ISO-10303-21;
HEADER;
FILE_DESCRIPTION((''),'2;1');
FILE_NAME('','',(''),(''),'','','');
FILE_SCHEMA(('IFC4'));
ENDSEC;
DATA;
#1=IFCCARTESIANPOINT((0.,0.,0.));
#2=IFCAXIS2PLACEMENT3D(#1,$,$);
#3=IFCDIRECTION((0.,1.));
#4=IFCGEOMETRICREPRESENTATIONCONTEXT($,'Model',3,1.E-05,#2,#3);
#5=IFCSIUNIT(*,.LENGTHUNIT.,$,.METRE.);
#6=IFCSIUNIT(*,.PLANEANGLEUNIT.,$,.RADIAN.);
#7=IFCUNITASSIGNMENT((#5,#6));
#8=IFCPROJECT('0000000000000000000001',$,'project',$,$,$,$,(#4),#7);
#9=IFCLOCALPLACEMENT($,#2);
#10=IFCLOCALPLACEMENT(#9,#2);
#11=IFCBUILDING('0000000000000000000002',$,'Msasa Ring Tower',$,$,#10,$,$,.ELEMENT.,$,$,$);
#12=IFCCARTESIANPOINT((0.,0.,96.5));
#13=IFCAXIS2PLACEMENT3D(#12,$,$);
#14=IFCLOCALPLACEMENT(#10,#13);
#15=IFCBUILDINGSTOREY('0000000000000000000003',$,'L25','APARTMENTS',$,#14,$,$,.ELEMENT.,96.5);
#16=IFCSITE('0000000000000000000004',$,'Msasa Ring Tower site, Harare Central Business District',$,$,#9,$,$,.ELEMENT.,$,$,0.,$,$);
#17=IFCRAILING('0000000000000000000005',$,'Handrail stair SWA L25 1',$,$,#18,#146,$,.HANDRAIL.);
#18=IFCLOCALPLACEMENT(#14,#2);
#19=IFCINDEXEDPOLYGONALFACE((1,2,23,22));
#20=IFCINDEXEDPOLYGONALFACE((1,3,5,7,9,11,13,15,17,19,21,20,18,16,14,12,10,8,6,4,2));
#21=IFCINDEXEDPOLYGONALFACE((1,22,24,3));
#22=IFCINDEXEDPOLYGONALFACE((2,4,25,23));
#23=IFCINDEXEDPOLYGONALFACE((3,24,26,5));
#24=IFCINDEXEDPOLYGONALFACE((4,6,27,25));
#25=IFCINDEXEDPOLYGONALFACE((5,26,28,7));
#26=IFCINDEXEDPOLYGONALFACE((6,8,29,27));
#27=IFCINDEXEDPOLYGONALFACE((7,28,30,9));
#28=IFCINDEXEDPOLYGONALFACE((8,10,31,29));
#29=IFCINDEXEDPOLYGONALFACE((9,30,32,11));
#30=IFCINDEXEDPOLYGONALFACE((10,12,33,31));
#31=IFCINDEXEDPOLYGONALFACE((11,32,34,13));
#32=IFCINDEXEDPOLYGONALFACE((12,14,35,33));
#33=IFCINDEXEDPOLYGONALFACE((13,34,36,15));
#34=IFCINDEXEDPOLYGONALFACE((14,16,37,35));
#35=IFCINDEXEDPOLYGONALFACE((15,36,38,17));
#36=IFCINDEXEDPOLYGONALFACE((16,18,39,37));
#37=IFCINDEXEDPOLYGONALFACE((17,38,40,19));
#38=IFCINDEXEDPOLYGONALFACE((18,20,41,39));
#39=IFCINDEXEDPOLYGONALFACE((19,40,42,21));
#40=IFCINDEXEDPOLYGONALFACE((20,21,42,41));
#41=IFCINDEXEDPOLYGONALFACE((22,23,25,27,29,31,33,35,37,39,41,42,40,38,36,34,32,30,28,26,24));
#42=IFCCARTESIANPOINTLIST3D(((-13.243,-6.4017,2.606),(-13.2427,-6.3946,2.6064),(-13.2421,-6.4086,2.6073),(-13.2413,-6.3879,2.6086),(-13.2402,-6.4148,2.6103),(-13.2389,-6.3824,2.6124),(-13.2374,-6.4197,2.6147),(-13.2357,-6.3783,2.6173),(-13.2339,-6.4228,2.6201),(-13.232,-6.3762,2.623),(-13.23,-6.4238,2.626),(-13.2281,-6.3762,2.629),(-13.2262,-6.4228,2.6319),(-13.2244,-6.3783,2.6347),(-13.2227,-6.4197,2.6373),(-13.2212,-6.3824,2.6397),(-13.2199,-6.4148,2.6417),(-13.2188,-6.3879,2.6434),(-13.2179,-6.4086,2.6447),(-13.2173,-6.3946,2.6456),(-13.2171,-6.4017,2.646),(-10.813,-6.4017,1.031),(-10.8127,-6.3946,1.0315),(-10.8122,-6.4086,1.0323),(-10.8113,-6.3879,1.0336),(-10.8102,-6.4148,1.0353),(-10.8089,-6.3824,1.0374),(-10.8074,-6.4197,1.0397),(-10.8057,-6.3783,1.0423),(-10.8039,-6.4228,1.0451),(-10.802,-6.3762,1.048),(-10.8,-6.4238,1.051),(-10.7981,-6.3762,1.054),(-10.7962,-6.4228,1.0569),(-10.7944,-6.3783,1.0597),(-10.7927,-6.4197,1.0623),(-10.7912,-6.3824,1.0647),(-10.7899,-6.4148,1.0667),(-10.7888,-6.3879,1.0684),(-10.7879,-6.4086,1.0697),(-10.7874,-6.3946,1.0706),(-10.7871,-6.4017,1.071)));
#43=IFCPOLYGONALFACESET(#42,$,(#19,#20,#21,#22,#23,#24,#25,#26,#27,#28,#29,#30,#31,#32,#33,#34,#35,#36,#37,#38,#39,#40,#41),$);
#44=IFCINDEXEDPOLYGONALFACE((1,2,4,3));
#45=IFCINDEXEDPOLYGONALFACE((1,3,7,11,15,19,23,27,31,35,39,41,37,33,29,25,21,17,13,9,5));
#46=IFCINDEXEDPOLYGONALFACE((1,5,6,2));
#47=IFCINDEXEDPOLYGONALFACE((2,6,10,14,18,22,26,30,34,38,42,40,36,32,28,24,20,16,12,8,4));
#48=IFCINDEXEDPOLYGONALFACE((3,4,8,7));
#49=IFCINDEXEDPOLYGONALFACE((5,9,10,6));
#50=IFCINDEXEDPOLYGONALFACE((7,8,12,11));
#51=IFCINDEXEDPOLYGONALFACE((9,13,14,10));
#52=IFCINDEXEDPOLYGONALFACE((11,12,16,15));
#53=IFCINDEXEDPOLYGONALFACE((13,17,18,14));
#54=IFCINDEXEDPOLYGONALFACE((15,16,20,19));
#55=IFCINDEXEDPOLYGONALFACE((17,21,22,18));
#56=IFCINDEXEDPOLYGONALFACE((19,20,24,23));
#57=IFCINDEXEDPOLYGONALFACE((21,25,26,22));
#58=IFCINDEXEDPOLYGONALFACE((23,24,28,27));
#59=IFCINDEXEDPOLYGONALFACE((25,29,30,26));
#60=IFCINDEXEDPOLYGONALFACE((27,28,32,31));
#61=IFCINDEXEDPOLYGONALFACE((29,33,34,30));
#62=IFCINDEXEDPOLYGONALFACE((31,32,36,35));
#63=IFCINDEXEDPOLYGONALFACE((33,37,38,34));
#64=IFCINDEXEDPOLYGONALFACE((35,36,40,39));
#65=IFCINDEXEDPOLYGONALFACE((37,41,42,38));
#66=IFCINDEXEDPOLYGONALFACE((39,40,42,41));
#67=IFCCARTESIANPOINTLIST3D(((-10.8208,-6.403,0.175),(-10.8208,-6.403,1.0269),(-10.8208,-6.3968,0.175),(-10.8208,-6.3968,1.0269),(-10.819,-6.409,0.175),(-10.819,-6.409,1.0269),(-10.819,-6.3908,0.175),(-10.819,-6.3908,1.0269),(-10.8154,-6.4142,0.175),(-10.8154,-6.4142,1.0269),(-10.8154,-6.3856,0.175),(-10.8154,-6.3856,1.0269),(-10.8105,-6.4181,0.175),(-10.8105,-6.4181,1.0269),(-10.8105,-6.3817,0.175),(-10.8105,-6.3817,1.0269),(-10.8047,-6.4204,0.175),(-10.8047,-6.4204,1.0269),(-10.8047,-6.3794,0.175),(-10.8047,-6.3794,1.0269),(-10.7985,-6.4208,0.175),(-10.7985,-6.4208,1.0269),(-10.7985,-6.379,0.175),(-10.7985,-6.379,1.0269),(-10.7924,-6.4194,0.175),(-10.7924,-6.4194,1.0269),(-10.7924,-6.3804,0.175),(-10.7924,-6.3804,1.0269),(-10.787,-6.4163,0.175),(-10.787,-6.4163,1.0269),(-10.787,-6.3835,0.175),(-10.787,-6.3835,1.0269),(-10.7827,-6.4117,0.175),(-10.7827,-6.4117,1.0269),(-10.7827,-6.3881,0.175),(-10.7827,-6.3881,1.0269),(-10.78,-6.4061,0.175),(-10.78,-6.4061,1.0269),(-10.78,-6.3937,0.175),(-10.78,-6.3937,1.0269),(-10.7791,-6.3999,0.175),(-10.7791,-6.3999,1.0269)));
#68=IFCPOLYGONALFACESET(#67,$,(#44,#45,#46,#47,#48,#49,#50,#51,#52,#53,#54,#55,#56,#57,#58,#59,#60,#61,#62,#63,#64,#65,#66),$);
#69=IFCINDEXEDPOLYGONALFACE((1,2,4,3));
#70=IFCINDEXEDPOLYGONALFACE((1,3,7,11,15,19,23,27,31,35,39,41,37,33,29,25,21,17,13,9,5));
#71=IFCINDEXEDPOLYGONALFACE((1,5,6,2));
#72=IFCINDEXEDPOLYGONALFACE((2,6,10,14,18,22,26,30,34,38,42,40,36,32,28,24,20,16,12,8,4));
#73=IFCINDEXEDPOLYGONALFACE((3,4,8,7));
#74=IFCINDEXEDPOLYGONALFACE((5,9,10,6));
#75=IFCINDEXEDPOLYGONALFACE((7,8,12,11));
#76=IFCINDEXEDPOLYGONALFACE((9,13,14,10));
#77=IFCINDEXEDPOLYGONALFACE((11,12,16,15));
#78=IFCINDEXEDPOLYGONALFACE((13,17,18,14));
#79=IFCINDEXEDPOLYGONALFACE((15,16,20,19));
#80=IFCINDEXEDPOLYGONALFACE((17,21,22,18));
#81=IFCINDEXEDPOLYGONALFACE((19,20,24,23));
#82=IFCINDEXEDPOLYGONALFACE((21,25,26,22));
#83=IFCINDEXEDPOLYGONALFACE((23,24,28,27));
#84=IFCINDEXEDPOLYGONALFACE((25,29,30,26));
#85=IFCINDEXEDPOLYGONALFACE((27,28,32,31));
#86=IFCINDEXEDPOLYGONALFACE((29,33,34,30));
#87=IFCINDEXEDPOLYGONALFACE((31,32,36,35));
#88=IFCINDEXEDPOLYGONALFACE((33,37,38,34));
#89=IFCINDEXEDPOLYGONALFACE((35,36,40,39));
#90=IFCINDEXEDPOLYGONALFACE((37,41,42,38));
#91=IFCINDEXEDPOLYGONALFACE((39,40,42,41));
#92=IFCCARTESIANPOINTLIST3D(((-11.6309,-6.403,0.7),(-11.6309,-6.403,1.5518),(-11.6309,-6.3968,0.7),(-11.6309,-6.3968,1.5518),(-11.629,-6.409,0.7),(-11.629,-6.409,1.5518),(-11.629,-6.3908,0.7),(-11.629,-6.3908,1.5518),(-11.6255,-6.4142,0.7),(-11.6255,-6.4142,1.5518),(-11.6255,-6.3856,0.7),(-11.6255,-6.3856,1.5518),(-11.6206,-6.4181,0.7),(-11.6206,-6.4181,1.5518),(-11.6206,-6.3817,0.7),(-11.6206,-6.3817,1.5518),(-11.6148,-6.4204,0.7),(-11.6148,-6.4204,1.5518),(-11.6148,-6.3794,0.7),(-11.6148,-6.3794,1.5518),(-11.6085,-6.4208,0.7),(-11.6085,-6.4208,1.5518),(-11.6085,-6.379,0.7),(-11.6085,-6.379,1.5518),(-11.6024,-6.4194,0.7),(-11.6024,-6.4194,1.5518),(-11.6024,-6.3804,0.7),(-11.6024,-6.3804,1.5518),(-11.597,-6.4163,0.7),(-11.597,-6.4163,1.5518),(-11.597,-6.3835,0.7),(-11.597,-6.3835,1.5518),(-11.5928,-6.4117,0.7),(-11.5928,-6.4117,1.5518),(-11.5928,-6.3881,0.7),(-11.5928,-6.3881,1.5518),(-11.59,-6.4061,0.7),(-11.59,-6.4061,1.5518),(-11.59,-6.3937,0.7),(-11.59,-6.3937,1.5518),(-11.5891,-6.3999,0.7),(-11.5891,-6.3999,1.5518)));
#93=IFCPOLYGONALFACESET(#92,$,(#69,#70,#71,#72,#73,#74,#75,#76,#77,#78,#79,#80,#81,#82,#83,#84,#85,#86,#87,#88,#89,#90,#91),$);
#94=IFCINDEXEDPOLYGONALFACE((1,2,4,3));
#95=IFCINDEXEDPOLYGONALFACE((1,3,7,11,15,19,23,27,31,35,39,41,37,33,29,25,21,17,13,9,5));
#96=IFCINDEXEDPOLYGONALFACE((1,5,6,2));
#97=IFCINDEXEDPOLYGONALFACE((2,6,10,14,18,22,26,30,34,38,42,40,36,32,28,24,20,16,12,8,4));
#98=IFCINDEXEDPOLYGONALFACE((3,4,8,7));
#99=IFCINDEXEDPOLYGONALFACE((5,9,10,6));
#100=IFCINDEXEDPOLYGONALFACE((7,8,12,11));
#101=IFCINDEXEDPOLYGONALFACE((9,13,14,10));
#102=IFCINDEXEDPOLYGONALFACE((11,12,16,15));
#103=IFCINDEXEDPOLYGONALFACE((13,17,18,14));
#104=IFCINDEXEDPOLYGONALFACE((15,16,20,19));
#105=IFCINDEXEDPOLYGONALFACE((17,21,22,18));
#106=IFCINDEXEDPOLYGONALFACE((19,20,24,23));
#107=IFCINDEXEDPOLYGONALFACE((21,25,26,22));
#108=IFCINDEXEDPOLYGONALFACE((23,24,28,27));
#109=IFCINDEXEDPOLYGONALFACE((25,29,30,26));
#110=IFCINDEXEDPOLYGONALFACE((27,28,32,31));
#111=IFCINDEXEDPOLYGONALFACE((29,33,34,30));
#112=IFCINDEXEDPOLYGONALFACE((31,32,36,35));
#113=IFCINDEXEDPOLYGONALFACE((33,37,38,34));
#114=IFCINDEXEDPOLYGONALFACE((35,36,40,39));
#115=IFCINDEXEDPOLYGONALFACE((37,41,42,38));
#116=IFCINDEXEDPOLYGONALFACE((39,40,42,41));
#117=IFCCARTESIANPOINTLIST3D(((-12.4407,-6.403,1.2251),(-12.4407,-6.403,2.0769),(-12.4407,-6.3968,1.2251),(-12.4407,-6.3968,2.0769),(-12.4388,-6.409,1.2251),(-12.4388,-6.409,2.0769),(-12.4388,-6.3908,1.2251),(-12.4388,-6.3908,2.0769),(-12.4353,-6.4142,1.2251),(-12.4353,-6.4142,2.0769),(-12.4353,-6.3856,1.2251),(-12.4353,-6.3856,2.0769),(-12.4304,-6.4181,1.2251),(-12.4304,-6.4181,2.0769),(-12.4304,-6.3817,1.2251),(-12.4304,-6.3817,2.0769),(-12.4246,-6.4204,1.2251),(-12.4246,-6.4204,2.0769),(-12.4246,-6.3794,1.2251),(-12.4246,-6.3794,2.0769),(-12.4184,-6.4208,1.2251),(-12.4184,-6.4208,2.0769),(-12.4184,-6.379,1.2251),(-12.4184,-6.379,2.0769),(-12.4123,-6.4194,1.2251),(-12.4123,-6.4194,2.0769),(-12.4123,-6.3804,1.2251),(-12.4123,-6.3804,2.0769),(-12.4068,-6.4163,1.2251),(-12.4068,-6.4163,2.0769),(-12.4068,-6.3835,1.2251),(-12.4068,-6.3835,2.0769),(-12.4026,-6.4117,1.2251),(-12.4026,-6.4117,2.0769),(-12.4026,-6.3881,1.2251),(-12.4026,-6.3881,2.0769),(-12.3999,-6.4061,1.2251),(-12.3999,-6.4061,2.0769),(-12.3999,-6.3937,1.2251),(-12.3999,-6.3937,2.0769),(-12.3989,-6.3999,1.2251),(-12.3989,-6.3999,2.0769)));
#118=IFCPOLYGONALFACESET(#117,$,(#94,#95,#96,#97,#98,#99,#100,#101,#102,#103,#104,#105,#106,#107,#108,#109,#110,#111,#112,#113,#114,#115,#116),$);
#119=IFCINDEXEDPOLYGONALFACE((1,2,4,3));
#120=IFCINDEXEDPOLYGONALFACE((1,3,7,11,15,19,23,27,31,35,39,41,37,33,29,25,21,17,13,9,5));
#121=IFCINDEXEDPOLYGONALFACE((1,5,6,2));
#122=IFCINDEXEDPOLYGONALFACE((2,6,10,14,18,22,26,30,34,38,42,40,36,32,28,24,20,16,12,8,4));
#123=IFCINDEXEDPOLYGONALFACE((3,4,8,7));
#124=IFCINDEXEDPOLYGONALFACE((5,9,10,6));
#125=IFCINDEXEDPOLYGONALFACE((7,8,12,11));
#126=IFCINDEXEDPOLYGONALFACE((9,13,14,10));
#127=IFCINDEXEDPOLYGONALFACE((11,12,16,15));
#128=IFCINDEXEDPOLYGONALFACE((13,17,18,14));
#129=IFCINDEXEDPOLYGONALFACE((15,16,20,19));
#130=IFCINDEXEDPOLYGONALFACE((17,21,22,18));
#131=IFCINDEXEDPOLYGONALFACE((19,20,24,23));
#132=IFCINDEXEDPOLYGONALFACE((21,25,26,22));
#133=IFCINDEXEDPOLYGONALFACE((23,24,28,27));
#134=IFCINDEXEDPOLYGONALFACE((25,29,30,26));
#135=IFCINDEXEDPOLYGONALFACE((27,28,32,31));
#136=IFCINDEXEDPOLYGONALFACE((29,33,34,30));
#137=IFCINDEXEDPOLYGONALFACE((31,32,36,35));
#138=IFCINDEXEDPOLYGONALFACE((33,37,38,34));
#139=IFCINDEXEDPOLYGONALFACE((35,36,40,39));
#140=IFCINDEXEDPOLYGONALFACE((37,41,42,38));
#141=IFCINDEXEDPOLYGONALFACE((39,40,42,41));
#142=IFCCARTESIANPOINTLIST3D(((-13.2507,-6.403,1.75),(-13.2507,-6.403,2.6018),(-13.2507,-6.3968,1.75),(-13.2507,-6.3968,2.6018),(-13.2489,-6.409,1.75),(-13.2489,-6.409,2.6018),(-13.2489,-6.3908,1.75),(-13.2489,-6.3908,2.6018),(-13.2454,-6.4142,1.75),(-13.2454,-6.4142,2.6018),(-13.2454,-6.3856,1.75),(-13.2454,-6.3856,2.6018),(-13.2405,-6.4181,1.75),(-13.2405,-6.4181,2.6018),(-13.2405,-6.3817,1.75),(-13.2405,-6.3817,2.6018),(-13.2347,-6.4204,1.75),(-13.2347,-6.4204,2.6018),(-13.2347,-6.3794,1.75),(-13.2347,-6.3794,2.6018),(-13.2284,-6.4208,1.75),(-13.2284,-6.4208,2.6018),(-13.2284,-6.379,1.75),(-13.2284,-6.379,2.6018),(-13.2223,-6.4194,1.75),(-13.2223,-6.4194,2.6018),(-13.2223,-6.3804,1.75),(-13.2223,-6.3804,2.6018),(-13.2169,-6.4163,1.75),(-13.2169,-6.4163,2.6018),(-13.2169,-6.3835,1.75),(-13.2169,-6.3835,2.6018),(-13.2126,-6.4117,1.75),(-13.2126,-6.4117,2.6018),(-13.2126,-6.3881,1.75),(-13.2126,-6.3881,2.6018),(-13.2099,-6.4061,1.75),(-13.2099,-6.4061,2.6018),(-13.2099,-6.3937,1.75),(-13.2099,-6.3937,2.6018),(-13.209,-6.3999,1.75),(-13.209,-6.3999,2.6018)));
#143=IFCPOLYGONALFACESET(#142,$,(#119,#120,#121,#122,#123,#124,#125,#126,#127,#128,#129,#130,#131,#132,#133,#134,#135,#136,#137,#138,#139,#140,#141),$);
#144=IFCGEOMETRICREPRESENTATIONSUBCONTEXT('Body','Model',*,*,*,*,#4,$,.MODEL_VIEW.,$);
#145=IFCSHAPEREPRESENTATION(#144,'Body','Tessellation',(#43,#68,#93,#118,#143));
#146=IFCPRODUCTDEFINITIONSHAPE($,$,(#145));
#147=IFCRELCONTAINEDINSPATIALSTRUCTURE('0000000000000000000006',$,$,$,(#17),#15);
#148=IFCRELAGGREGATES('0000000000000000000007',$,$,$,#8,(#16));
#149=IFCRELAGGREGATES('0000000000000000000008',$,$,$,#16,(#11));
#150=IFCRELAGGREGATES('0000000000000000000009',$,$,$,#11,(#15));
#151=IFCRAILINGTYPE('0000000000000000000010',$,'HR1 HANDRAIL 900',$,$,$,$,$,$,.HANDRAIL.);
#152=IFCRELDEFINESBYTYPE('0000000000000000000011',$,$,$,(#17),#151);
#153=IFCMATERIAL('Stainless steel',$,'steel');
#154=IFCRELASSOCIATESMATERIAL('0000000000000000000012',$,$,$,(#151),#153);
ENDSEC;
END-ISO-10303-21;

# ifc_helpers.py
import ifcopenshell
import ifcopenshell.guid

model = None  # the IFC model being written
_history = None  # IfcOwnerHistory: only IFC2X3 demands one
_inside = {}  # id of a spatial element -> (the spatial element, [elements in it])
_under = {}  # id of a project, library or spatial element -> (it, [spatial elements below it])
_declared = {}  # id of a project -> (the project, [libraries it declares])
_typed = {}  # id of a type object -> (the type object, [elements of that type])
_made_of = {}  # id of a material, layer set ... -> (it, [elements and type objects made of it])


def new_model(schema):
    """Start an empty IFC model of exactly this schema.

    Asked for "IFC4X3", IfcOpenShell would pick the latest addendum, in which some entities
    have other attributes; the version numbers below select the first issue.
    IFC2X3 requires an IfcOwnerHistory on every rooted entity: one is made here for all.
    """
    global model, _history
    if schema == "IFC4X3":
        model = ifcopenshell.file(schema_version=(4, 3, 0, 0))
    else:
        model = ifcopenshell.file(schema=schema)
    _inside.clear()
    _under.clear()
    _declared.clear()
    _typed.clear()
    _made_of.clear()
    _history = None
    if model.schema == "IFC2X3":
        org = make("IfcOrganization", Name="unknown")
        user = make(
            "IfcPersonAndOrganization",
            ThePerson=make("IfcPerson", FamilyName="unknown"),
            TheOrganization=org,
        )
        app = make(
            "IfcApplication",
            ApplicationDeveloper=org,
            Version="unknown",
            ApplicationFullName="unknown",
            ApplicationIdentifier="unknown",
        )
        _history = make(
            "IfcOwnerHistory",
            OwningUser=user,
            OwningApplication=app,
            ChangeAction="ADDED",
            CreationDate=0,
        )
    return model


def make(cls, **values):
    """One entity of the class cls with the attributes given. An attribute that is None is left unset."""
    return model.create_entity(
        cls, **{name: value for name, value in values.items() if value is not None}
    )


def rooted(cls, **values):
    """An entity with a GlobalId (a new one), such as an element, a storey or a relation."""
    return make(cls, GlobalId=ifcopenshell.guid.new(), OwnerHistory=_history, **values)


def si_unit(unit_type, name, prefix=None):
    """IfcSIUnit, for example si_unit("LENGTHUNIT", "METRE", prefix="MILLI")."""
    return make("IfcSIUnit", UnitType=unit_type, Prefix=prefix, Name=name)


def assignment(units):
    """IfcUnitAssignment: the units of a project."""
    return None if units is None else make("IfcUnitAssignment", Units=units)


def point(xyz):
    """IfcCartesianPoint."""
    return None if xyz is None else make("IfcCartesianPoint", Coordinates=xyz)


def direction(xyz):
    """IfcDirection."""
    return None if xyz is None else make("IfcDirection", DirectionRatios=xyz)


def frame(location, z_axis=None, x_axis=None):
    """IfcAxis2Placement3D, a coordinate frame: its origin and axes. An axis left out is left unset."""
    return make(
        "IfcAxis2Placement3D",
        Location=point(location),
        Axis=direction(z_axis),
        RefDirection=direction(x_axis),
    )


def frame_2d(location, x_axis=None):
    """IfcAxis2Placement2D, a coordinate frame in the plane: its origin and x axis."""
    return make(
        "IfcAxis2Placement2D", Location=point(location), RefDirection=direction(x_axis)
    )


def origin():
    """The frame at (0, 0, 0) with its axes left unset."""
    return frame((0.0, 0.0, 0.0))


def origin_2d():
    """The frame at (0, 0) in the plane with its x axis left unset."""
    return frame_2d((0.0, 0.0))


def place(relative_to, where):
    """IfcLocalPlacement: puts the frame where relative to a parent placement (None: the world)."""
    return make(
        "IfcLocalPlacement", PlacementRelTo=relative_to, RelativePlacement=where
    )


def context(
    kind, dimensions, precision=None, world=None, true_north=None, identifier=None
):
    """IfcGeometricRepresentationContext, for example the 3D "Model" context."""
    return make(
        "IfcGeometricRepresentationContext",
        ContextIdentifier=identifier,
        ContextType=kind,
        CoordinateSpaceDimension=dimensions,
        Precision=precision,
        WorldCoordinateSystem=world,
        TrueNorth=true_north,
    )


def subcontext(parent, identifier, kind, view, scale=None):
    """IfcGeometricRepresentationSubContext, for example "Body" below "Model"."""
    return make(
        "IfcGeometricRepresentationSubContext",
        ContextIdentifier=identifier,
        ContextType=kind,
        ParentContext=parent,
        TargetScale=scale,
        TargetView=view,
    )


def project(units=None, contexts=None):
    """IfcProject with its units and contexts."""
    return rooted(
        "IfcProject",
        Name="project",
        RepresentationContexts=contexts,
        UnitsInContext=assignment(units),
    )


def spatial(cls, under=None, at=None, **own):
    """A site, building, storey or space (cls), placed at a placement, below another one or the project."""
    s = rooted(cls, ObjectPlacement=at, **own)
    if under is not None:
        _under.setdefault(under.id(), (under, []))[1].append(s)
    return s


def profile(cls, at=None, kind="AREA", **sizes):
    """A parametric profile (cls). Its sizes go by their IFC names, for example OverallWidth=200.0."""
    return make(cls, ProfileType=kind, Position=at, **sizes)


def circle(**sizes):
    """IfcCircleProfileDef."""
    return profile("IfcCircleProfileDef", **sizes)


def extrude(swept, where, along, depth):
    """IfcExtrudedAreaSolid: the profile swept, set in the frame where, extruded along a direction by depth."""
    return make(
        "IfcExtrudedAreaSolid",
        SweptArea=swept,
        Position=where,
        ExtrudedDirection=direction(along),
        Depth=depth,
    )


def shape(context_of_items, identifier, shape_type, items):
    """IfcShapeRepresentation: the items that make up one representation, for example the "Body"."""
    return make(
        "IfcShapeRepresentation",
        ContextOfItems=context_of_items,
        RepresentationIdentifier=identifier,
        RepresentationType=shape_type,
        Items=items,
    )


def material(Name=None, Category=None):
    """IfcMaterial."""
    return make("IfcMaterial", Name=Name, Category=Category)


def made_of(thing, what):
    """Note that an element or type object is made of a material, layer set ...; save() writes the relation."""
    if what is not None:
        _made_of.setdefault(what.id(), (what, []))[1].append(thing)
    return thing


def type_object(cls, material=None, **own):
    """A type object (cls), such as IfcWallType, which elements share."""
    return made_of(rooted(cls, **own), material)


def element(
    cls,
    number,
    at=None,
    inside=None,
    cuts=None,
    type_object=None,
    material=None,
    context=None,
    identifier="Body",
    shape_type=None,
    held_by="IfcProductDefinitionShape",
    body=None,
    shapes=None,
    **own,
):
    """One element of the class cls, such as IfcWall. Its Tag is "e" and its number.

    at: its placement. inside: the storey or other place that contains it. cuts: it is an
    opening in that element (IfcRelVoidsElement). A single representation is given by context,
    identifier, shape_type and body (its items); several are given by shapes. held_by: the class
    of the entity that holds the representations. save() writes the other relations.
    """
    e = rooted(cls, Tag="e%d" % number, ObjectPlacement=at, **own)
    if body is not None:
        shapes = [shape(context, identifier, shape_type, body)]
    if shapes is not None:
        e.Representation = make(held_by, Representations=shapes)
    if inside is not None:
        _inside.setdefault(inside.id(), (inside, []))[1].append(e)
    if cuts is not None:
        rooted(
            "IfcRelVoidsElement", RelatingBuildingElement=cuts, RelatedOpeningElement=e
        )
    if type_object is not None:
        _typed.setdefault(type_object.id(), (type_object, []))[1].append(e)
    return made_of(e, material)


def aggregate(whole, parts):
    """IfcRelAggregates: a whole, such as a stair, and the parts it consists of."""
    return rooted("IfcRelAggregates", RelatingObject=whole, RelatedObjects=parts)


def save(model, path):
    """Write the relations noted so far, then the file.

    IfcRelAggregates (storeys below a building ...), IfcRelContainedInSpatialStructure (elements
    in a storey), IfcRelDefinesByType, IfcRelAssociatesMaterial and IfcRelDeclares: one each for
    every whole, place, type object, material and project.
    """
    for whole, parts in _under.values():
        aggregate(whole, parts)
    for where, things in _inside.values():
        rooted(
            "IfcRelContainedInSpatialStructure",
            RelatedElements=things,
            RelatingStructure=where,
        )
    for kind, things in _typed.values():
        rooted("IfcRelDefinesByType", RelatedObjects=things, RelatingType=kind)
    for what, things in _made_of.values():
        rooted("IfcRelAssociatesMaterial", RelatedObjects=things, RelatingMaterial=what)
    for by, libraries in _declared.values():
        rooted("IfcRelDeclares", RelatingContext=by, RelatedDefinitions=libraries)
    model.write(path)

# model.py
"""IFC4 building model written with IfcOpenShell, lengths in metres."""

from ifc_helpers import new_model, si_unit, direction, frame, origin, origin_2d, place, context, subcontext, project, spatial, circle, extrude, material, type_object, element, save


model = new_model("IFC4")

# Units and contexts
model_context = context("Model", 3, precision=1e-05, world=origin(), true_north=direction((0.0, 1.0)))
body_context = subcontext(model_context, "Body", "Model", "MODEL_VIEW")
ifc_project = project(units=[si_unit("LENGTHUNIT", "METRE"), si_unit("PLANEANGLEUNIT", "RADIAN")], contexts=[model_context])

# Site, building, storey
site_placement = place(None, origin())
site = spatial("IfcSite", under=ifc_project, at=site_placement, Name="Msasa Ring Tower site, Harare Central Business District", CompositionType="ELEMENT", RefElevation=0.0)
building_placement = place(site_placement, origin())
building = spatial("IfcBuilding", under=site, at=building_placement, Name="Msasa Ring Tower", CompositionType="ELEMENT")
storey_placement = place(building_placement, frame((0.0, 0.0, 96.5)))
storey = spatial("IfcBuildingStorey", under=building, at=storey_placement, Name="L25", Description="APARTMENTS", CompositionType="ELEMENT", Elevation=96.5)

# Railing
ifc_material_1 = material(Name="Stainless steel", Category="steel")
railing_type = type_object("IfcRailingType", Name="HR1 HANDRAIL 900", PredefinedType="HANDRAIL", material=ifc_material_1)
for number, where, name in (
    (1, (-10.8, -6.3999, 0.175), "Handrail stair SWA L25 1"),
):
    element("IfcRailing", number, at=place(storey_placement, frame(where)), inside=storey, type_object=railing_type, Name=name, PredefinedType="HANDRAIL", context=body_context, shape_type="SweptSolid", body=[
        extrude(circle(Radius=0.0239, at=origin_2d()), frame((0.0, 0.0, 0.876), z_axis=(-0.839154, 0.0, 0.543894), x_axis=(0.0, -1.0, 0.0)), (0.0, 0.0, 1.0), 2.8958),
        extrude(circle(Radius=0.021, at=origin_2d()), origin(), (0.0, 0.0, 1.0), 0.8518),
        extrude(circle(Radius=0.021, at=origin_2d()), frame((-0.8101, 0.0, 0.5249)), (0.0, 0.0, 1.0), 0.8518),
        extrude(circle(Radius=0.021, at=origin_2d()), frame((-1.6199, 0.0, 1.05)), (0.0, 0.0, 1.0), 0.8518),
        extrude(circle(Radius=0.021, at=origin_2d()), frame((-2.4299, 0.0, 1.575)), (0.0, 0.0, 1.0), 0.8518),
    ])

save(model, "model.ifc")
